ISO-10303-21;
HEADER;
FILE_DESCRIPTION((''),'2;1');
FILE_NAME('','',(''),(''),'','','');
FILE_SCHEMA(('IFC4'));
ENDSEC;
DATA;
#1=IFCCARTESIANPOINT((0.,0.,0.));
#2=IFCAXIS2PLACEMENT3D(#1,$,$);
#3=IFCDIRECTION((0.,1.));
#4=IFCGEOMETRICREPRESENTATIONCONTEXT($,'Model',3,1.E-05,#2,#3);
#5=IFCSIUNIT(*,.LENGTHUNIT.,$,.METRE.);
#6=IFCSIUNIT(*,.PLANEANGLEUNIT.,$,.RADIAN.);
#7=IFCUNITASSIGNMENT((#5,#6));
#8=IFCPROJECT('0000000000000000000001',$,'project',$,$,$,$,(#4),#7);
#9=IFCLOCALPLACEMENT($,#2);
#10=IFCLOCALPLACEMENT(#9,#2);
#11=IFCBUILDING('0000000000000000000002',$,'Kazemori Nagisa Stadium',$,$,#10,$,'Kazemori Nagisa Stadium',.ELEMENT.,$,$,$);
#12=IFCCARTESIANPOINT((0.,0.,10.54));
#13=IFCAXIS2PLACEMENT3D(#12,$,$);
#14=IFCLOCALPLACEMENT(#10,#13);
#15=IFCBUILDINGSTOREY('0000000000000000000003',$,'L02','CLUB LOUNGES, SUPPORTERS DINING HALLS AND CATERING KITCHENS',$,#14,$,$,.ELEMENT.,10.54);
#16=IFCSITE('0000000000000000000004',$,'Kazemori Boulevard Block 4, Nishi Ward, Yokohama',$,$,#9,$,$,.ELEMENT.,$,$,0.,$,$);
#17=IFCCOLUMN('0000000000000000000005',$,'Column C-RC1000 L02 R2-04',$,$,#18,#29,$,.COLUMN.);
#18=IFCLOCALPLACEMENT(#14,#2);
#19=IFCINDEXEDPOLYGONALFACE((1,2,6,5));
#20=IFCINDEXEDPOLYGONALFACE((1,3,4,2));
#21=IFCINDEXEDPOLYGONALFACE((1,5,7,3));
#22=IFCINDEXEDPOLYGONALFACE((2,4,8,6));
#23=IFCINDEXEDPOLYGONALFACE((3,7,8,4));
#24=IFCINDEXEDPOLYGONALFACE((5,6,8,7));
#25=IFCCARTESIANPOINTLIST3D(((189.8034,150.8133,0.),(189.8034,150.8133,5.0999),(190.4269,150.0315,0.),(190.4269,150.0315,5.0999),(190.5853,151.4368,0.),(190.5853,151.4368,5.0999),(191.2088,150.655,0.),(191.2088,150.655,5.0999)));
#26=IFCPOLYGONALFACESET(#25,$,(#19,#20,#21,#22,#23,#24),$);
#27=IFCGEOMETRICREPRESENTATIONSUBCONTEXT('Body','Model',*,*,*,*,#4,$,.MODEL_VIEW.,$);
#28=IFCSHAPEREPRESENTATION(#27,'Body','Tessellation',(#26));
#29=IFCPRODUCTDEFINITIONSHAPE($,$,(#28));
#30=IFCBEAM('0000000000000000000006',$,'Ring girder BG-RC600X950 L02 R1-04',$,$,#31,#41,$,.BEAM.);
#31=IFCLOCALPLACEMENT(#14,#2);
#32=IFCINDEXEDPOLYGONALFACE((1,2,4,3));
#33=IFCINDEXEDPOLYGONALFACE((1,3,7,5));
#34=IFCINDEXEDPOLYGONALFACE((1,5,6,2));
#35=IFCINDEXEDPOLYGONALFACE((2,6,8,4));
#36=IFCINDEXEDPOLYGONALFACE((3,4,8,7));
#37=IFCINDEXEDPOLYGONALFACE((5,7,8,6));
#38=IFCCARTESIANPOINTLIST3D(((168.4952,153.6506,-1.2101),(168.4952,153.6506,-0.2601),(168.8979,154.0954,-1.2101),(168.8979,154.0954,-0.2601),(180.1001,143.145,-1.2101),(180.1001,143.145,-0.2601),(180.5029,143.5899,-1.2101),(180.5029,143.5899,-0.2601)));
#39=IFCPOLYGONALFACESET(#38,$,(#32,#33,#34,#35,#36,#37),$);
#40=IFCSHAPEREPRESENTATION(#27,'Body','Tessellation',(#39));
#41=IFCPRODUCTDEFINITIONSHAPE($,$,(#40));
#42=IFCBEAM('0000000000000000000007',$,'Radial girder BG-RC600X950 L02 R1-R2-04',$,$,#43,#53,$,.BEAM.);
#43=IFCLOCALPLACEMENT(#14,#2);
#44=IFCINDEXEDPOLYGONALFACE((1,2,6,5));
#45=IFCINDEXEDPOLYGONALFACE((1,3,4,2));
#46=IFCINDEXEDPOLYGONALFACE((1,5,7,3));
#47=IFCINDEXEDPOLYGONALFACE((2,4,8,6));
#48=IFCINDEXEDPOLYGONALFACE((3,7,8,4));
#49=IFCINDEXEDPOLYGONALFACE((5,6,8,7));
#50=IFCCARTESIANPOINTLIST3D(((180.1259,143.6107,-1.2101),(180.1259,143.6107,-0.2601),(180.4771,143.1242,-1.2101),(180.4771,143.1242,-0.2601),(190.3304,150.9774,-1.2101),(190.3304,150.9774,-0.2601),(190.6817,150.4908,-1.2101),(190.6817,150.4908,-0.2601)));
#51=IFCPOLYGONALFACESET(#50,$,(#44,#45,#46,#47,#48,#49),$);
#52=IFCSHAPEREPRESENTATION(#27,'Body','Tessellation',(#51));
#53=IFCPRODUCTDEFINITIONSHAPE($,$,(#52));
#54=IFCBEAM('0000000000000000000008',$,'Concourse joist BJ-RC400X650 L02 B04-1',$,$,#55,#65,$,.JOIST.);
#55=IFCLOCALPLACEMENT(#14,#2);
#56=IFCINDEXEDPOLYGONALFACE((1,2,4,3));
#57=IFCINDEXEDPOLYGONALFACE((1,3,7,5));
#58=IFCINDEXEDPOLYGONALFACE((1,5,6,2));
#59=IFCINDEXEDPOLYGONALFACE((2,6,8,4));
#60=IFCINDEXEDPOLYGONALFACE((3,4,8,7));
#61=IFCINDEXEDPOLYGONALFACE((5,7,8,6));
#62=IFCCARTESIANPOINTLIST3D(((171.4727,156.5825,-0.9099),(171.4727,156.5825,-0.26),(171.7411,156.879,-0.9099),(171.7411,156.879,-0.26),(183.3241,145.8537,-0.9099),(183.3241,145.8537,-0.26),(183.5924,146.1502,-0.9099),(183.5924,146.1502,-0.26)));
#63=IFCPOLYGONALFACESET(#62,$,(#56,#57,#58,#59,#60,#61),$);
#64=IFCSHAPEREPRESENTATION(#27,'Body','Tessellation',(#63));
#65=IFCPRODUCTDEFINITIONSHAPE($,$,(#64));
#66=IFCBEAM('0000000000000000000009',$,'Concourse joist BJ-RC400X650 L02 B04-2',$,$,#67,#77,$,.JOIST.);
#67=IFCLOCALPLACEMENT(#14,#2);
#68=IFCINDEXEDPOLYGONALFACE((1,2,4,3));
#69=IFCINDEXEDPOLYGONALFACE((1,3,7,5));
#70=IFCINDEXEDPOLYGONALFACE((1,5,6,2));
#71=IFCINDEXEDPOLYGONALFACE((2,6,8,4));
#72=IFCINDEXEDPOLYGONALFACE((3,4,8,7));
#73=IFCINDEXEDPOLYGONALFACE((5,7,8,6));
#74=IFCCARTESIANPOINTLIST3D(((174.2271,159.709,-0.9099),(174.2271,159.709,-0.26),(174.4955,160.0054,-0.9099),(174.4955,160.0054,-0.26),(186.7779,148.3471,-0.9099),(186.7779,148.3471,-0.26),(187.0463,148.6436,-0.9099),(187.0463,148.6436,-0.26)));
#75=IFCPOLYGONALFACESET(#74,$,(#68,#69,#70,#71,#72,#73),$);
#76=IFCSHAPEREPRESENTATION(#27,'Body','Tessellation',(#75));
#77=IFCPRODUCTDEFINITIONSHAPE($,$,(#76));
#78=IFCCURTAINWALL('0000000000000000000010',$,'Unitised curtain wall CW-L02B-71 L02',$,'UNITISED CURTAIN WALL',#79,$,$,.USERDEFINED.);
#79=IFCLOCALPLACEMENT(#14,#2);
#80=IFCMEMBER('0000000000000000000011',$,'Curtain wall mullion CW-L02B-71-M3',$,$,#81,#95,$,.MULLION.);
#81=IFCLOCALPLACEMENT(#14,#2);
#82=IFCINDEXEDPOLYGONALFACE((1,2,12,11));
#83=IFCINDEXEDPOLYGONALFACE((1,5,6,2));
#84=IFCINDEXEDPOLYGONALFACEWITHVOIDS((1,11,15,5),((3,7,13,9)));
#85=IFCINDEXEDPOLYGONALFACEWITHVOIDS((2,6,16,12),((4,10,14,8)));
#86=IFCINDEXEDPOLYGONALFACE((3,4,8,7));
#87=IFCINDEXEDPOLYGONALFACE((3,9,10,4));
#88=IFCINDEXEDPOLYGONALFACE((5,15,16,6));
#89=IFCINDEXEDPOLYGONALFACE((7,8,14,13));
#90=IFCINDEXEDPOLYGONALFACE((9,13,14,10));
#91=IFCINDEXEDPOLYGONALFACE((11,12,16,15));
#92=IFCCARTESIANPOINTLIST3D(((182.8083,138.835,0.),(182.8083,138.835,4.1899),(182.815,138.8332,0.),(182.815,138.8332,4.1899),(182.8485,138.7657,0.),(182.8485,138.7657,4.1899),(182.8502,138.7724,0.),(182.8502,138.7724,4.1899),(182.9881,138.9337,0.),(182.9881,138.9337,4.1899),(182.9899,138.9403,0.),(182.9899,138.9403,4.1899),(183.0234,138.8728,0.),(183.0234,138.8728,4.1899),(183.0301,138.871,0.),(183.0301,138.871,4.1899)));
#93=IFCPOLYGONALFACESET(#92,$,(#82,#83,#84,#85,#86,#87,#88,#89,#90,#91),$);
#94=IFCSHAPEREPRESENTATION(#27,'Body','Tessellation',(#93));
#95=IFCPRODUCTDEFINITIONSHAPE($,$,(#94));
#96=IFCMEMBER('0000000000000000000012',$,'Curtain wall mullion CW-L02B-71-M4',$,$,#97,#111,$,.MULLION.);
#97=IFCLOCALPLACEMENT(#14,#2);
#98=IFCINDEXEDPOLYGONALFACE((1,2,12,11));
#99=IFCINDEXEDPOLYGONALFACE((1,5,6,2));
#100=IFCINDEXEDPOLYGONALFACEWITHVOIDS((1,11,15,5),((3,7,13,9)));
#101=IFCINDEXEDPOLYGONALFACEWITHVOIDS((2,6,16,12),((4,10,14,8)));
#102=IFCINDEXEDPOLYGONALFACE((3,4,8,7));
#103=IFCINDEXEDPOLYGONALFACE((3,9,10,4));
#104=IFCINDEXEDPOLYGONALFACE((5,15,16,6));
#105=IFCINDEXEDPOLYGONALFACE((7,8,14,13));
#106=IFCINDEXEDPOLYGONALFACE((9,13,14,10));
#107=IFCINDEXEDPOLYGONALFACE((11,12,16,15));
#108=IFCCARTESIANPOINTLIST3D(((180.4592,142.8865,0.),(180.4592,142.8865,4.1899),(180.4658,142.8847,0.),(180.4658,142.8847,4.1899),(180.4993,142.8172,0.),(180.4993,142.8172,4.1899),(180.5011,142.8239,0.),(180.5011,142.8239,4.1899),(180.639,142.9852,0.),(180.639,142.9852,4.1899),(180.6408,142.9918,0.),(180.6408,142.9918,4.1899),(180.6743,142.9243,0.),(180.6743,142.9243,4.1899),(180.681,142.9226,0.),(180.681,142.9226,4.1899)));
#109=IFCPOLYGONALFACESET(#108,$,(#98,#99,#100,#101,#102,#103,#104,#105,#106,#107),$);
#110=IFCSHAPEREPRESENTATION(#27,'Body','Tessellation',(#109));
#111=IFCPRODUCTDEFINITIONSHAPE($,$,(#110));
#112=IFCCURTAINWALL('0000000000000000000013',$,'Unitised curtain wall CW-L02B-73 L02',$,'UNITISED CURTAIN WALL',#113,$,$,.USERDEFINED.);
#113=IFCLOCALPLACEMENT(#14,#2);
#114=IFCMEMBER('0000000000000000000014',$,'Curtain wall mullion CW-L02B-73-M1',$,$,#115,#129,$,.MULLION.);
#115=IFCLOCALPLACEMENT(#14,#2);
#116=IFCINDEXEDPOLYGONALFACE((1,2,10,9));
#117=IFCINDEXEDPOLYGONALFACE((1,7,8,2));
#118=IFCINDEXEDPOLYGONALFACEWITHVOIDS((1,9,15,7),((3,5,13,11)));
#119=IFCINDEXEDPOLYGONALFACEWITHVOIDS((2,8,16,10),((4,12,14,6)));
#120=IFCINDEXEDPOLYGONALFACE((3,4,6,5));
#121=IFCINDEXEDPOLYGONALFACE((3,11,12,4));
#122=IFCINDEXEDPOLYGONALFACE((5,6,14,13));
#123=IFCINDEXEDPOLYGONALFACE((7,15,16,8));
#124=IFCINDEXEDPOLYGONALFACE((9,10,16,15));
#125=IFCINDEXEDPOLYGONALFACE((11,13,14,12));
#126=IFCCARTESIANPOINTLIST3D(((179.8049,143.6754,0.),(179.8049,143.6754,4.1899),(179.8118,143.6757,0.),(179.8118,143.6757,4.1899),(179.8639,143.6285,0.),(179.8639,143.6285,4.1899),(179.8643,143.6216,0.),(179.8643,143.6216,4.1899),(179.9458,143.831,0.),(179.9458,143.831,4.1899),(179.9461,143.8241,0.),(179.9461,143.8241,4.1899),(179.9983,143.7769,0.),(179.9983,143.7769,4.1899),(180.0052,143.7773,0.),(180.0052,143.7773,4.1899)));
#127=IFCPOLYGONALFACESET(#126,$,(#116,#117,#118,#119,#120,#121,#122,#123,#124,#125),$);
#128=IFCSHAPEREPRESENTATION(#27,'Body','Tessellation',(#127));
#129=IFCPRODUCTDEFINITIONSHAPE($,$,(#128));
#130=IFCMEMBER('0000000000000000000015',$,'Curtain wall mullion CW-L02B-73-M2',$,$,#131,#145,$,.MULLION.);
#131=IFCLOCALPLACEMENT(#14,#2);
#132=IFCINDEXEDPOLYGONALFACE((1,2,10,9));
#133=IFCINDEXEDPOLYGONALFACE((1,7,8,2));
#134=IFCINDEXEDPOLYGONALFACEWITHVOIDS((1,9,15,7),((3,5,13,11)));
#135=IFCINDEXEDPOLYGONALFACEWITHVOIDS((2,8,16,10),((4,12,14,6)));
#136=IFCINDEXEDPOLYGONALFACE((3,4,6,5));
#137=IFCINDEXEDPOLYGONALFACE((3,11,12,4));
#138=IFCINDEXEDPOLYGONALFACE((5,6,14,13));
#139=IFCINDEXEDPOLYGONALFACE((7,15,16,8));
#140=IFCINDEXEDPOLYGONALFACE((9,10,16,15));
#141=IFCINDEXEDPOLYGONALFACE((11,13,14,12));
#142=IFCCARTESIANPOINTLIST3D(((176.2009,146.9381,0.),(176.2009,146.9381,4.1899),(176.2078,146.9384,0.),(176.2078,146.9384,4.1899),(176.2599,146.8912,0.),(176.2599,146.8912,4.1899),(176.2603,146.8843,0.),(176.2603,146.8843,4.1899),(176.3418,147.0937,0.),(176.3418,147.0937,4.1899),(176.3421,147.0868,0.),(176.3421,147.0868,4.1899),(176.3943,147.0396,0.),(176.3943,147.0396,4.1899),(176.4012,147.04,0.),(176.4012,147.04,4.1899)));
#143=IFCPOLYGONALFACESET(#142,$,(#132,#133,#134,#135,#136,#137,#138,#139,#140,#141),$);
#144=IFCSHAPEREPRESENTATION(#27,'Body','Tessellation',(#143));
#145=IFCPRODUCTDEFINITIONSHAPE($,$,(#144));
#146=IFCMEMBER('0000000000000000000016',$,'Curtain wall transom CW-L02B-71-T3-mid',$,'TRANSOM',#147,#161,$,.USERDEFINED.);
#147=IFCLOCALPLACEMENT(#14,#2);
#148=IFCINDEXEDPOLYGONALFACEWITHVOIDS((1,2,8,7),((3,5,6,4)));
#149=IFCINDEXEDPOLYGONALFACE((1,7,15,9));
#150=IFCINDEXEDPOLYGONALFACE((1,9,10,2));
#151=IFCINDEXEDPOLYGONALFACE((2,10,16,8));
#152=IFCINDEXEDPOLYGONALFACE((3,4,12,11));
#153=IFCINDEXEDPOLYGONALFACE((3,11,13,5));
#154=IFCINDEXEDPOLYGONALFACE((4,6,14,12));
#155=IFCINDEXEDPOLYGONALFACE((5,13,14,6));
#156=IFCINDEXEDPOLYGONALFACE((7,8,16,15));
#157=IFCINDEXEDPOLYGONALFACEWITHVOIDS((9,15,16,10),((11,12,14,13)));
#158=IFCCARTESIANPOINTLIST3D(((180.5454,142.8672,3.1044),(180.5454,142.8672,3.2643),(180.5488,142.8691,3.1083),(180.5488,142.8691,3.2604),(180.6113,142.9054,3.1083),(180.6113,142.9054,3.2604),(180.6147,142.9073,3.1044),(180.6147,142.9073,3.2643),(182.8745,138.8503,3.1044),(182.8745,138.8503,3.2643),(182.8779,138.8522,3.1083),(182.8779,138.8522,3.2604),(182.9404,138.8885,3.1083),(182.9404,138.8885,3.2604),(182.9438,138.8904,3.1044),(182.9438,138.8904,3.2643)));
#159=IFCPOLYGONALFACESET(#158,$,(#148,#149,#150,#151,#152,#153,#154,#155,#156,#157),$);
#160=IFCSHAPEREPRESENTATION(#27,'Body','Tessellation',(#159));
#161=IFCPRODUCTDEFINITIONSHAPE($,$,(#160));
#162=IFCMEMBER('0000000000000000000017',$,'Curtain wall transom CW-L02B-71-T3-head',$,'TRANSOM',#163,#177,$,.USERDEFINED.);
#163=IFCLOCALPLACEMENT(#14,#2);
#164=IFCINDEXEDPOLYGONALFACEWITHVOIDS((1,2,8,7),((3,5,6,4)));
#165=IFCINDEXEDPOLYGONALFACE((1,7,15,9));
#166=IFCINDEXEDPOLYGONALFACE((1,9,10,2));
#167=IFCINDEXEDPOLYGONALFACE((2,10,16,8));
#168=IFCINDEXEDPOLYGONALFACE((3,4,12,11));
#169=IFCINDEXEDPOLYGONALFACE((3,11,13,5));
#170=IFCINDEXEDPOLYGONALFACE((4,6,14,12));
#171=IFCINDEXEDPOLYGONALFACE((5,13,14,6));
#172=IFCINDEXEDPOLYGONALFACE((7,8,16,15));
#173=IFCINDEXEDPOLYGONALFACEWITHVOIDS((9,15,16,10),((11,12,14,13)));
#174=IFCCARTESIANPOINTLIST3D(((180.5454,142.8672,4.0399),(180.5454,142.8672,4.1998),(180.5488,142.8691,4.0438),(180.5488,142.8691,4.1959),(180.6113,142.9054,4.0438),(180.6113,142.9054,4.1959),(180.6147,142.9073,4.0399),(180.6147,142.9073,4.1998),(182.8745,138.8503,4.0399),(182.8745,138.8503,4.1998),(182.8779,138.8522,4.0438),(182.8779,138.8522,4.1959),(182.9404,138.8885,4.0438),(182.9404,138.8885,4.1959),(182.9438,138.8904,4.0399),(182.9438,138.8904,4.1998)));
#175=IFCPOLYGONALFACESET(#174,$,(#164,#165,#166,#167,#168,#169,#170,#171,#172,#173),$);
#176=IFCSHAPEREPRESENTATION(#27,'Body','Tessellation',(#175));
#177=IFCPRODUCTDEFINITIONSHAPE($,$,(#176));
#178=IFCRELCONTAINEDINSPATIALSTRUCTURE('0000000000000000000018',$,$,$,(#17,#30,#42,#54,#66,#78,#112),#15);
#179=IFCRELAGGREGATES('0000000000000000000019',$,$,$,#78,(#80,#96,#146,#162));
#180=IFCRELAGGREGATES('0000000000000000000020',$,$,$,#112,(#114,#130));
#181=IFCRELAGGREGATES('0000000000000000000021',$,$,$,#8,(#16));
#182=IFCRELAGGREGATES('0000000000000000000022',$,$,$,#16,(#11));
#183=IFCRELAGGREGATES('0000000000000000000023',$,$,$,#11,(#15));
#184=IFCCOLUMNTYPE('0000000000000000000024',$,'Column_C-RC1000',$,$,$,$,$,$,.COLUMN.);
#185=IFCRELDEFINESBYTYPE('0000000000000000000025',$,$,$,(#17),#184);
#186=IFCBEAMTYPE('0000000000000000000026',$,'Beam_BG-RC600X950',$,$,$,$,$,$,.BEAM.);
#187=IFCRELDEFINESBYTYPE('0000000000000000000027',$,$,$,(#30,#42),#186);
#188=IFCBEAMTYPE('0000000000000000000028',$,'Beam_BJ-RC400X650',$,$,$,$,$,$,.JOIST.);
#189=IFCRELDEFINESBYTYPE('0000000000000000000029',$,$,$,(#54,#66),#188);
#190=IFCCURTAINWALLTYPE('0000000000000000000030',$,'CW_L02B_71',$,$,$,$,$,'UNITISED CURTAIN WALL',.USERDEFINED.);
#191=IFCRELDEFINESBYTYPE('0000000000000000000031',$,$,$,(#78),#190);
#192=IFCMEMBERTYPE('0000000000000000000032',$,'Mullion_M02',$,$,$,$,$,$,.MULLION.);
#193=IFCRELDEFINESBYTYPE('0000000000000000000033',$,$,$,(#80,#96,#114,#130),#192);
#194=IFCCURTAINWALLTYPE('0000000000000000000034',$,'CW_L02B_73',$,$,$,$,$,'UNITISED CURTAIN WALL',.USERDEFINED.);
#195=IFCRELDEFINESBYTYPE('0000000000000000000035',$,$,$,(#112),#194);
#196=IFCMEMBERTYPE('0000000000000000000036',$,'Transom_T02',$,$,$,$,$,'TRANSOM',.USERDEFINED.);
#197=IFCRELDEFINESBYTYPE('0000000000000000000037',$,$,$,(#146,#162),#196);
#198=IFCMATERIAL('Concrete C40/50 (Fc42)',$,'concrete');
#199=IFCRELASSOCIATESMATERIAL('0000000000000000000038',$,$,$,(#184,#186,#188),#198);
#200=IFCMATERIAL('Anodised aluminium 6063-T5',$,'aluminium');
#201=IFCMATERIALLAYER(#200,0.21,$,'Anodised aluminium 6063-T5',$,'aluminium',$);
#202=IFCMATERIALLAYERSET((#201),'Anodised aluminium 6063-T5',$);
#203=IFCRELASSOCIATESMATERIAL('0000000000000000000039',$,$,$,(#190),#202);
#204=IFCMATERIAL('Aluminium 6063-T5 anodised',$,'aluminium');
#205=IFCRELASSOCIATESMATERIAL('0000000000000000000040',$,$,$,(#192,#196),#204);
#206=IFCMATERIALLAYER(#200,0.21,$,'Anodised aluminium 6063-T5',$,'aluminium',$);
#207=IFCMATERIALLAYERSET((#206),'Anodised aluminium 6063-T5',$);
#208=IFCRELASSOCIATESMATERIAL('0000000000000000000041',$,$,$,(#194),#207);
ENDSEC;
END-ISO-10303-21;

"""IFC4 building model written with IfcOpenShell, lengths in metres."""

from ifc_helpers import new_model, si_unit, direction, frame, origin, origin_2d, place, context, subcontext, project, spatial, rectangle, hollow_rectangle, extrude, material, layer, layer_set, material_profile, profile_set, type_object, element, aggregate, save


model = new_model("IFC4")

# Units and contexts
model_context = context("Model", 3, precision=1e-05, world=origin(), true_north=direction((0.0, 1.0)))
body_context = subcontext(model_context, "Body", "Model", "MODEL_VIEW")
ifc_project = project(units=[si_unit("LENGTHUNIT", "METRE"), si_unit("PLANEANGLEUNIT", "RADIAN")], contexts=[model_context])

# Site, building, storey
site_placement = place(None, origin())
site = spatial("IfcSite", under=ifc_project, at=site_placement, Name="Kazemori Boulevard Block 4, Nishi Ward, Yokohama", CompositionType="ELEMENT", RefElevation=0.0)
building_placement = place(site_placement, origin())
building = spatial("IfcBuilding", under=site, at=building_placement, Name="Kazemori Nagisa Stadium", LongName="Kazemori Nagisa Stadium", CompositionType="ELEMENT")
storey_placement = place(building_placement, frame((0.0, 0.0, 10.54)))
storey = spatial("IfcBuildingStorey", under=building, at=storey_placement, Name="L02", Description="CLUB LOUNGES, SUPPORTERS DINING HALLS AND CATERING KITCHENS", CompositionType="ELEMENT", Elevation=10.54)

# Column
ifc_material_1 = material(Name="Concrete C40/50 (Fc42)", Category="concrete")
ifc_material_profile_1 = material_profile(ifc_material_1, rectangle(XDim=1.0, YDim=1.0, at=origin_2d()), Name="RC-COL-1000x1000")
ifc_profile_set_1 = profile_set([ifc_material_profile_1], Name="Concrete C40/50 (Fc42)")
column_type_1 = type_object("IfcColumnType", Name="Column_C-RC1000", PredefinedType="COLUMN", material=ifc_profile_set_1)
column_1_placement = place(storey_placement, frame((190.5061, 150.7341, 0.0), z_axis=(0.0, 0.0, 1.0), x_axis=(0.781831, 0.62349, 0.0)))
element("IfcColumn", 1, at=column_1_placement, inside=storey, type_object=column_type_1, Name="Column C-RC1000 L02 R2-04", PredefinedType="COLUMN", context=body_context, shape_type="SweptSolid", body=[
    extrude(rectangle(XDim=1.0, YDim=1.0, at=origin_2d()), origin(), (0.0, 0.0, 1.0), 5.0999),
])

# Beams
ifc_material_profile_2 = material_profile(ifc_material_1, rectangle(XDim=0.6001, YDim=0.95, at=origin_2d()), Name="RC-BM-600x950")
ifc_profile_set_2 = profile_set([ifc_material_profile_2], Name="Concrete C40/50 (Fc42)")
beam_type_1 = type_object("IfcBeamType", Name="Beam_BG-RC600X950", PredefinedType="BEAM", material=ifc_profile_set_2)
beam_1_placement = place(storey_placement, frame((180.3015, 143.3674, -0.7351), z_axis=(-0.741349, 0.67112, 0.0), x_axis=(-0.67112, -0.741349, 0.0)))
element("IfcBeam", 2, at=beam_1_placement, inside=storey, type_object=beam_type_1, Name="Ring girder BG-RC600X950 L02 R1-04", PredefinedType="BEAM", context=body_context, shape_type="SweptSolid", body=[
    extrude(rectangle(XDim=0.6001, YDim=0.95, at=origin_2d()), origin(), (0.0, 0.0, 1.0), 15.6538),
])
beam_2_placement = place(storey_placement, frame((180.3015, 143.3674, -0.7351), z_axis=(0.810803, 0.585319, 0.0), x_axis=(-0.585319, 0.810803, 0.0)))
element("IfcBeam", 3, at=beam_2_placement, inside=storey, type_object=beam_type_1, Name="Radial girder BG-RC600X950 L02 R1-R2-04", PredefinedType="BEAM", context=body_context, shape_type="SweptSolid", body=[
    extrude(rectangle(XDim=0.6001, YDim=0.95, at=origin_2d()), origin(), (0.0, 0.0, 1.0), 12.5857),
])
ifc_material_profile_3 = material_profile(ifc_material_1, rectangle(XDim=0.3999, YDim=0.6499, at=origin_2d()), Name="RC-BM-400x650")
ifc_profile_set_3 = profile_set([ifc_material_profile_3], Name="Concrete C40/50 (Fc42)")
beam_type_2 = type_object("IfcBeamType", Name="Beam_BJ-RC400X650", PredefinedType="JOIST", material=ifc_profile_set_3)
beam_3_placement = place(storey_placement, frame((183.4583, 146.002, -0.585), z_axis=(-0.741345, 0.671124, 0.0), x_axis=(-0.671124, -0.741345, 0.0)))
element("IfcBeam", 4, at=beam_3_placement, inside=storey, type_object=beam_type_2, Name="Concourse joist BJ-RC400X650 L02 B04-1", PredefinedType="JOIST", context=body_context, shape_type="SweptSolid", body=[
    extrude(rectangle(XDim=0.3999, YDim=0.6499, at=origin_2d()), origin(), (0.0, 0.0, 1.0), 15.9863),
])
beam_4_placement = place(storey_placement, frame((186.9121, 148.4954, -0.585), z_axis=(-0.741349, 0.671119, 0.0), x_axis=(-0.671119, -0.741349, 0.0)))
element("IfcBeam", 5, at=beam_4_placement, inside=storey, type_object=beam_type_2, Name="Concourse joist BJ-RC400X650 L02 B04-2", PredefinedType="JOIST", context=body_context, shape_type="SweptSolid", body=[
    extrude(rectangle(XDim=0.3999, YDim=0.6499, at=origin_2d()), origin(), (0.0, 0.0, 1.0), 16.9297),
])

# Curtain walls, members
ifc_material_2 = material(Name="Anodised aluminium 6063-T5", Category="aluminium")
ifc_layer_1 = layer(ifc_material_2, 0.21, Name="Anodised aluminium 6063-T5", Category="aluminium")
ifc_layer_set_1 = layer_set([ifc_layer_1], Name="Anodised aluminium 6063-T5")
curtain_wall_type_1 = type_object("IfcCurtainWallType", Name="CW_L02B_71", ElementType="UNITISED CURTAIN WALL", PredefinedType="USERDEFINED", material=ifc_layer_set_1)
curtain_wall_1_placement = place(storey_placement, origin())
curtain_wall_1 = element("IfcCurtainWall", 6, at=curtain_wall_1_placement, inside=storey, type_object=curtain_wall_type_1, Name="Unitised curtain wall CW-L02B-71 L02", ObjectType="UNITISED CURTAIN WALL", PredefinedType="USERDEFINED")
ifc_material_3 = material(Name="Aluminium 6063-T5 anodised", Category="aluminium")
ifc_material_profile_4 = material_profile(ifc_material_3, hollow_rectangle(XDim=0.0801, YDim=0.21, WallThickness=0.0049, at=origin_2d()), Name="ALU-MULL-80x210x5")
ifc_profile_set_4 = profile_set([ifc_material_profile_4], Name="Aluminium 6063-T5 anodised")
member_type_1 = type_object("IfcMemberType", Name="Mullion_M02", PredefinedType="MULLION", material=ifc_profile_set_4)
member_1_placement = place(storey_placement, frame((182.9192, 138.853, 0.0), z_axis=(0.0, 0.0, 1.0), x_axis=(-0.501612, 0.865093, 0.0)))
member_1 = element("IfcMember", 7, at=member_1_placement, type_object=member_type_1, Name="Curtain wall mullion CW-L02B-71-M3", PredefinedType="MULLION", context=body_context, shape_type="SweptSolid", body=[
    extrude(hollow_rectangle(XDim=0.0801, YDim=0.21, WallThickness=0.0049, at=origin_2d()), origin(), (0.0, 0.0, 1.0), 4.1899),
])
member_2_placement = place(storey_placement, frame((180.5701, 142.9045, 0.0), z_axis=(0.0, 0.0, 1.0), x_axis=(-0.501612, 0.865093, 0.0)))
member_2 = element("IfcMember", 8, at=member_2_placement, type_object=member_type_1, Name="Curtain wall mullion CW-L02B-71-M4", PredefinedType="MULLION", context=body_context, shape_type="SweptSolid", body=[
    extrude(hollow_rectangle(XDim=0.0801, YDim=0.21, WallThickness=0.0049, at=origin_2d()), origin(), (0.0, 0.0, 1.0), 4.1899),
])
ifc_layer_2 = layer(ifc_material_2, 0.21, Name="Anodised aluminium 6063-T5", Category="aluminium")
ifc_layer_set_2 = layer_set([ifc_layer_2], Name="Anodised aluminium 6063-T5")
curtain_wall_type_2 = type_object("IfcCurtainWallType", Name="CW_L02B_73", ElementType="UNITISED CURTAIN WALL", PredefinedType="USERDEFINED", material=ifc_layer_set_2)
curtain_wall_2_placement = place(storey_placement, origin())
curtain_wall_2 = element("IfcCurtainWall", 9, at=curtain_wall_2_placement, inside=storey, type_object=curtain_wall_type_2, Name="Unitised curtain wall CW-L02B-73 L02", ObjectType="UNITISED CURTAIN WALL", PredefinedType="USERDEFINED")
member_3_placement = place(storey_placement, frame((179.905, 143.7263, 0.0), z_axis=(0.0, 0.0, 1.0), x_axis=(-0.741351, 0.671118, 0.0)))
member_3 = element("IfcMember", 10, at=member_3_placement, type_object=member_type_1, Name="Curtain wall mullion CW-L02B-73-M1", PredefinedType="MULLION", context=body_context, shape_type="SweptSolid", body=[
    extrude(hollow_rectangle(XDim=0.0801, YDim=0.21, WallThickness=0.0049, at=origin_2d()), origin(), (0.0, 0.0, 1.0), 4.1899),
])
member_4_placement = place(storey_placement, frame((176.301, 146.989, 0.0), z_axis=(0.0, 0.0, 1.0), x_axis=(-0.741351, 0.671118, 0.0)))
member_4 = element("IfcMember", 11, at=member_4_placement, type_object=member_type_1, Name="Curtain wall mullion CW-L02B-73-M2", PredefinedType="MULLION", context=body_context, shape_type="SweptSolid", body=[
    extrude(hollow_rectangle(XDim=0.0801, YDim=0.21, WallThickness=0.0049, at=origin_2d()), origin(), (0.0, 0.0, 1.0), 4.1899),
])

# Members
ifc_material_profile_5 = material_profile(ifc_material_3, hollow_rectangle(XDim=0.0801, YDim=0.1599, WallThickness=0.0039, at=origin_2d()), Name="ALU-TRAN-80x160x4")
ifc_profile_set_5 = profile_set([ifc_material_profile_5], Name="Aluminium 6063-T5 anodised")
member_type_2 = type_object("IfcMemberType", Name="Transom_T02", ElementType="TRANSOM", PredefinedType="USERDEFINED", material=ifc_profile_set_5)
member_5_placement = place(storey_placement, frame((182.9092, 138.8704, 3.1843), z_axis=(-0.50161, 0.865094, 0.0), x_axis=(-0.865094, -0.50161, 0.0)))
member_5 = element("IfcMember", 12, at=member_5_placement, type_object=member_type_2, Name="Curtain wall transom CW-L02B-71-T3-mid", ObjectType="TRANSOM", PredefinedType="USERDEFINED", context=body_context, shape_type="SweptSolid", body=[
    extrude(hollow_rectangle(XDim=0.0801, YDim=0.1599, WallThickness=0.0039, at=origin_2d()), origin(), (0.0, 0.0, 1.0), 4.6433),
])
member_6_placement = place(storey_placement, frame((182.9092, 138.8704, 4.1199), z_axis=(-0.50161, 0.865094, 0.0), x_axis=(-0.865094, -0.50161, 0.0)))
member_6 = element("IfcMember", 13, at=member_6_placement, type_object=member_type_2, Name="Curtain wall transom CW-L02B-71-T3-head", ObjectType="TRANSOM", PredefinedType="USERDEFINED", context=body_context, shape_type="SweptSolid", body=[
    extrude(hollow_rectangle(XDim=0.0801, YDim=0.1599, WallThickness=0.0039, at=origin_2d()), origin(), (0.0, 0.0, 1.0), 4.6433),
])

aggregate(curtain_wall_1, [member_1, member_2, member_5, member_6])
aggregate(curtain_wall_2, [member_3, member_4])

save(model, "model.ifc")
